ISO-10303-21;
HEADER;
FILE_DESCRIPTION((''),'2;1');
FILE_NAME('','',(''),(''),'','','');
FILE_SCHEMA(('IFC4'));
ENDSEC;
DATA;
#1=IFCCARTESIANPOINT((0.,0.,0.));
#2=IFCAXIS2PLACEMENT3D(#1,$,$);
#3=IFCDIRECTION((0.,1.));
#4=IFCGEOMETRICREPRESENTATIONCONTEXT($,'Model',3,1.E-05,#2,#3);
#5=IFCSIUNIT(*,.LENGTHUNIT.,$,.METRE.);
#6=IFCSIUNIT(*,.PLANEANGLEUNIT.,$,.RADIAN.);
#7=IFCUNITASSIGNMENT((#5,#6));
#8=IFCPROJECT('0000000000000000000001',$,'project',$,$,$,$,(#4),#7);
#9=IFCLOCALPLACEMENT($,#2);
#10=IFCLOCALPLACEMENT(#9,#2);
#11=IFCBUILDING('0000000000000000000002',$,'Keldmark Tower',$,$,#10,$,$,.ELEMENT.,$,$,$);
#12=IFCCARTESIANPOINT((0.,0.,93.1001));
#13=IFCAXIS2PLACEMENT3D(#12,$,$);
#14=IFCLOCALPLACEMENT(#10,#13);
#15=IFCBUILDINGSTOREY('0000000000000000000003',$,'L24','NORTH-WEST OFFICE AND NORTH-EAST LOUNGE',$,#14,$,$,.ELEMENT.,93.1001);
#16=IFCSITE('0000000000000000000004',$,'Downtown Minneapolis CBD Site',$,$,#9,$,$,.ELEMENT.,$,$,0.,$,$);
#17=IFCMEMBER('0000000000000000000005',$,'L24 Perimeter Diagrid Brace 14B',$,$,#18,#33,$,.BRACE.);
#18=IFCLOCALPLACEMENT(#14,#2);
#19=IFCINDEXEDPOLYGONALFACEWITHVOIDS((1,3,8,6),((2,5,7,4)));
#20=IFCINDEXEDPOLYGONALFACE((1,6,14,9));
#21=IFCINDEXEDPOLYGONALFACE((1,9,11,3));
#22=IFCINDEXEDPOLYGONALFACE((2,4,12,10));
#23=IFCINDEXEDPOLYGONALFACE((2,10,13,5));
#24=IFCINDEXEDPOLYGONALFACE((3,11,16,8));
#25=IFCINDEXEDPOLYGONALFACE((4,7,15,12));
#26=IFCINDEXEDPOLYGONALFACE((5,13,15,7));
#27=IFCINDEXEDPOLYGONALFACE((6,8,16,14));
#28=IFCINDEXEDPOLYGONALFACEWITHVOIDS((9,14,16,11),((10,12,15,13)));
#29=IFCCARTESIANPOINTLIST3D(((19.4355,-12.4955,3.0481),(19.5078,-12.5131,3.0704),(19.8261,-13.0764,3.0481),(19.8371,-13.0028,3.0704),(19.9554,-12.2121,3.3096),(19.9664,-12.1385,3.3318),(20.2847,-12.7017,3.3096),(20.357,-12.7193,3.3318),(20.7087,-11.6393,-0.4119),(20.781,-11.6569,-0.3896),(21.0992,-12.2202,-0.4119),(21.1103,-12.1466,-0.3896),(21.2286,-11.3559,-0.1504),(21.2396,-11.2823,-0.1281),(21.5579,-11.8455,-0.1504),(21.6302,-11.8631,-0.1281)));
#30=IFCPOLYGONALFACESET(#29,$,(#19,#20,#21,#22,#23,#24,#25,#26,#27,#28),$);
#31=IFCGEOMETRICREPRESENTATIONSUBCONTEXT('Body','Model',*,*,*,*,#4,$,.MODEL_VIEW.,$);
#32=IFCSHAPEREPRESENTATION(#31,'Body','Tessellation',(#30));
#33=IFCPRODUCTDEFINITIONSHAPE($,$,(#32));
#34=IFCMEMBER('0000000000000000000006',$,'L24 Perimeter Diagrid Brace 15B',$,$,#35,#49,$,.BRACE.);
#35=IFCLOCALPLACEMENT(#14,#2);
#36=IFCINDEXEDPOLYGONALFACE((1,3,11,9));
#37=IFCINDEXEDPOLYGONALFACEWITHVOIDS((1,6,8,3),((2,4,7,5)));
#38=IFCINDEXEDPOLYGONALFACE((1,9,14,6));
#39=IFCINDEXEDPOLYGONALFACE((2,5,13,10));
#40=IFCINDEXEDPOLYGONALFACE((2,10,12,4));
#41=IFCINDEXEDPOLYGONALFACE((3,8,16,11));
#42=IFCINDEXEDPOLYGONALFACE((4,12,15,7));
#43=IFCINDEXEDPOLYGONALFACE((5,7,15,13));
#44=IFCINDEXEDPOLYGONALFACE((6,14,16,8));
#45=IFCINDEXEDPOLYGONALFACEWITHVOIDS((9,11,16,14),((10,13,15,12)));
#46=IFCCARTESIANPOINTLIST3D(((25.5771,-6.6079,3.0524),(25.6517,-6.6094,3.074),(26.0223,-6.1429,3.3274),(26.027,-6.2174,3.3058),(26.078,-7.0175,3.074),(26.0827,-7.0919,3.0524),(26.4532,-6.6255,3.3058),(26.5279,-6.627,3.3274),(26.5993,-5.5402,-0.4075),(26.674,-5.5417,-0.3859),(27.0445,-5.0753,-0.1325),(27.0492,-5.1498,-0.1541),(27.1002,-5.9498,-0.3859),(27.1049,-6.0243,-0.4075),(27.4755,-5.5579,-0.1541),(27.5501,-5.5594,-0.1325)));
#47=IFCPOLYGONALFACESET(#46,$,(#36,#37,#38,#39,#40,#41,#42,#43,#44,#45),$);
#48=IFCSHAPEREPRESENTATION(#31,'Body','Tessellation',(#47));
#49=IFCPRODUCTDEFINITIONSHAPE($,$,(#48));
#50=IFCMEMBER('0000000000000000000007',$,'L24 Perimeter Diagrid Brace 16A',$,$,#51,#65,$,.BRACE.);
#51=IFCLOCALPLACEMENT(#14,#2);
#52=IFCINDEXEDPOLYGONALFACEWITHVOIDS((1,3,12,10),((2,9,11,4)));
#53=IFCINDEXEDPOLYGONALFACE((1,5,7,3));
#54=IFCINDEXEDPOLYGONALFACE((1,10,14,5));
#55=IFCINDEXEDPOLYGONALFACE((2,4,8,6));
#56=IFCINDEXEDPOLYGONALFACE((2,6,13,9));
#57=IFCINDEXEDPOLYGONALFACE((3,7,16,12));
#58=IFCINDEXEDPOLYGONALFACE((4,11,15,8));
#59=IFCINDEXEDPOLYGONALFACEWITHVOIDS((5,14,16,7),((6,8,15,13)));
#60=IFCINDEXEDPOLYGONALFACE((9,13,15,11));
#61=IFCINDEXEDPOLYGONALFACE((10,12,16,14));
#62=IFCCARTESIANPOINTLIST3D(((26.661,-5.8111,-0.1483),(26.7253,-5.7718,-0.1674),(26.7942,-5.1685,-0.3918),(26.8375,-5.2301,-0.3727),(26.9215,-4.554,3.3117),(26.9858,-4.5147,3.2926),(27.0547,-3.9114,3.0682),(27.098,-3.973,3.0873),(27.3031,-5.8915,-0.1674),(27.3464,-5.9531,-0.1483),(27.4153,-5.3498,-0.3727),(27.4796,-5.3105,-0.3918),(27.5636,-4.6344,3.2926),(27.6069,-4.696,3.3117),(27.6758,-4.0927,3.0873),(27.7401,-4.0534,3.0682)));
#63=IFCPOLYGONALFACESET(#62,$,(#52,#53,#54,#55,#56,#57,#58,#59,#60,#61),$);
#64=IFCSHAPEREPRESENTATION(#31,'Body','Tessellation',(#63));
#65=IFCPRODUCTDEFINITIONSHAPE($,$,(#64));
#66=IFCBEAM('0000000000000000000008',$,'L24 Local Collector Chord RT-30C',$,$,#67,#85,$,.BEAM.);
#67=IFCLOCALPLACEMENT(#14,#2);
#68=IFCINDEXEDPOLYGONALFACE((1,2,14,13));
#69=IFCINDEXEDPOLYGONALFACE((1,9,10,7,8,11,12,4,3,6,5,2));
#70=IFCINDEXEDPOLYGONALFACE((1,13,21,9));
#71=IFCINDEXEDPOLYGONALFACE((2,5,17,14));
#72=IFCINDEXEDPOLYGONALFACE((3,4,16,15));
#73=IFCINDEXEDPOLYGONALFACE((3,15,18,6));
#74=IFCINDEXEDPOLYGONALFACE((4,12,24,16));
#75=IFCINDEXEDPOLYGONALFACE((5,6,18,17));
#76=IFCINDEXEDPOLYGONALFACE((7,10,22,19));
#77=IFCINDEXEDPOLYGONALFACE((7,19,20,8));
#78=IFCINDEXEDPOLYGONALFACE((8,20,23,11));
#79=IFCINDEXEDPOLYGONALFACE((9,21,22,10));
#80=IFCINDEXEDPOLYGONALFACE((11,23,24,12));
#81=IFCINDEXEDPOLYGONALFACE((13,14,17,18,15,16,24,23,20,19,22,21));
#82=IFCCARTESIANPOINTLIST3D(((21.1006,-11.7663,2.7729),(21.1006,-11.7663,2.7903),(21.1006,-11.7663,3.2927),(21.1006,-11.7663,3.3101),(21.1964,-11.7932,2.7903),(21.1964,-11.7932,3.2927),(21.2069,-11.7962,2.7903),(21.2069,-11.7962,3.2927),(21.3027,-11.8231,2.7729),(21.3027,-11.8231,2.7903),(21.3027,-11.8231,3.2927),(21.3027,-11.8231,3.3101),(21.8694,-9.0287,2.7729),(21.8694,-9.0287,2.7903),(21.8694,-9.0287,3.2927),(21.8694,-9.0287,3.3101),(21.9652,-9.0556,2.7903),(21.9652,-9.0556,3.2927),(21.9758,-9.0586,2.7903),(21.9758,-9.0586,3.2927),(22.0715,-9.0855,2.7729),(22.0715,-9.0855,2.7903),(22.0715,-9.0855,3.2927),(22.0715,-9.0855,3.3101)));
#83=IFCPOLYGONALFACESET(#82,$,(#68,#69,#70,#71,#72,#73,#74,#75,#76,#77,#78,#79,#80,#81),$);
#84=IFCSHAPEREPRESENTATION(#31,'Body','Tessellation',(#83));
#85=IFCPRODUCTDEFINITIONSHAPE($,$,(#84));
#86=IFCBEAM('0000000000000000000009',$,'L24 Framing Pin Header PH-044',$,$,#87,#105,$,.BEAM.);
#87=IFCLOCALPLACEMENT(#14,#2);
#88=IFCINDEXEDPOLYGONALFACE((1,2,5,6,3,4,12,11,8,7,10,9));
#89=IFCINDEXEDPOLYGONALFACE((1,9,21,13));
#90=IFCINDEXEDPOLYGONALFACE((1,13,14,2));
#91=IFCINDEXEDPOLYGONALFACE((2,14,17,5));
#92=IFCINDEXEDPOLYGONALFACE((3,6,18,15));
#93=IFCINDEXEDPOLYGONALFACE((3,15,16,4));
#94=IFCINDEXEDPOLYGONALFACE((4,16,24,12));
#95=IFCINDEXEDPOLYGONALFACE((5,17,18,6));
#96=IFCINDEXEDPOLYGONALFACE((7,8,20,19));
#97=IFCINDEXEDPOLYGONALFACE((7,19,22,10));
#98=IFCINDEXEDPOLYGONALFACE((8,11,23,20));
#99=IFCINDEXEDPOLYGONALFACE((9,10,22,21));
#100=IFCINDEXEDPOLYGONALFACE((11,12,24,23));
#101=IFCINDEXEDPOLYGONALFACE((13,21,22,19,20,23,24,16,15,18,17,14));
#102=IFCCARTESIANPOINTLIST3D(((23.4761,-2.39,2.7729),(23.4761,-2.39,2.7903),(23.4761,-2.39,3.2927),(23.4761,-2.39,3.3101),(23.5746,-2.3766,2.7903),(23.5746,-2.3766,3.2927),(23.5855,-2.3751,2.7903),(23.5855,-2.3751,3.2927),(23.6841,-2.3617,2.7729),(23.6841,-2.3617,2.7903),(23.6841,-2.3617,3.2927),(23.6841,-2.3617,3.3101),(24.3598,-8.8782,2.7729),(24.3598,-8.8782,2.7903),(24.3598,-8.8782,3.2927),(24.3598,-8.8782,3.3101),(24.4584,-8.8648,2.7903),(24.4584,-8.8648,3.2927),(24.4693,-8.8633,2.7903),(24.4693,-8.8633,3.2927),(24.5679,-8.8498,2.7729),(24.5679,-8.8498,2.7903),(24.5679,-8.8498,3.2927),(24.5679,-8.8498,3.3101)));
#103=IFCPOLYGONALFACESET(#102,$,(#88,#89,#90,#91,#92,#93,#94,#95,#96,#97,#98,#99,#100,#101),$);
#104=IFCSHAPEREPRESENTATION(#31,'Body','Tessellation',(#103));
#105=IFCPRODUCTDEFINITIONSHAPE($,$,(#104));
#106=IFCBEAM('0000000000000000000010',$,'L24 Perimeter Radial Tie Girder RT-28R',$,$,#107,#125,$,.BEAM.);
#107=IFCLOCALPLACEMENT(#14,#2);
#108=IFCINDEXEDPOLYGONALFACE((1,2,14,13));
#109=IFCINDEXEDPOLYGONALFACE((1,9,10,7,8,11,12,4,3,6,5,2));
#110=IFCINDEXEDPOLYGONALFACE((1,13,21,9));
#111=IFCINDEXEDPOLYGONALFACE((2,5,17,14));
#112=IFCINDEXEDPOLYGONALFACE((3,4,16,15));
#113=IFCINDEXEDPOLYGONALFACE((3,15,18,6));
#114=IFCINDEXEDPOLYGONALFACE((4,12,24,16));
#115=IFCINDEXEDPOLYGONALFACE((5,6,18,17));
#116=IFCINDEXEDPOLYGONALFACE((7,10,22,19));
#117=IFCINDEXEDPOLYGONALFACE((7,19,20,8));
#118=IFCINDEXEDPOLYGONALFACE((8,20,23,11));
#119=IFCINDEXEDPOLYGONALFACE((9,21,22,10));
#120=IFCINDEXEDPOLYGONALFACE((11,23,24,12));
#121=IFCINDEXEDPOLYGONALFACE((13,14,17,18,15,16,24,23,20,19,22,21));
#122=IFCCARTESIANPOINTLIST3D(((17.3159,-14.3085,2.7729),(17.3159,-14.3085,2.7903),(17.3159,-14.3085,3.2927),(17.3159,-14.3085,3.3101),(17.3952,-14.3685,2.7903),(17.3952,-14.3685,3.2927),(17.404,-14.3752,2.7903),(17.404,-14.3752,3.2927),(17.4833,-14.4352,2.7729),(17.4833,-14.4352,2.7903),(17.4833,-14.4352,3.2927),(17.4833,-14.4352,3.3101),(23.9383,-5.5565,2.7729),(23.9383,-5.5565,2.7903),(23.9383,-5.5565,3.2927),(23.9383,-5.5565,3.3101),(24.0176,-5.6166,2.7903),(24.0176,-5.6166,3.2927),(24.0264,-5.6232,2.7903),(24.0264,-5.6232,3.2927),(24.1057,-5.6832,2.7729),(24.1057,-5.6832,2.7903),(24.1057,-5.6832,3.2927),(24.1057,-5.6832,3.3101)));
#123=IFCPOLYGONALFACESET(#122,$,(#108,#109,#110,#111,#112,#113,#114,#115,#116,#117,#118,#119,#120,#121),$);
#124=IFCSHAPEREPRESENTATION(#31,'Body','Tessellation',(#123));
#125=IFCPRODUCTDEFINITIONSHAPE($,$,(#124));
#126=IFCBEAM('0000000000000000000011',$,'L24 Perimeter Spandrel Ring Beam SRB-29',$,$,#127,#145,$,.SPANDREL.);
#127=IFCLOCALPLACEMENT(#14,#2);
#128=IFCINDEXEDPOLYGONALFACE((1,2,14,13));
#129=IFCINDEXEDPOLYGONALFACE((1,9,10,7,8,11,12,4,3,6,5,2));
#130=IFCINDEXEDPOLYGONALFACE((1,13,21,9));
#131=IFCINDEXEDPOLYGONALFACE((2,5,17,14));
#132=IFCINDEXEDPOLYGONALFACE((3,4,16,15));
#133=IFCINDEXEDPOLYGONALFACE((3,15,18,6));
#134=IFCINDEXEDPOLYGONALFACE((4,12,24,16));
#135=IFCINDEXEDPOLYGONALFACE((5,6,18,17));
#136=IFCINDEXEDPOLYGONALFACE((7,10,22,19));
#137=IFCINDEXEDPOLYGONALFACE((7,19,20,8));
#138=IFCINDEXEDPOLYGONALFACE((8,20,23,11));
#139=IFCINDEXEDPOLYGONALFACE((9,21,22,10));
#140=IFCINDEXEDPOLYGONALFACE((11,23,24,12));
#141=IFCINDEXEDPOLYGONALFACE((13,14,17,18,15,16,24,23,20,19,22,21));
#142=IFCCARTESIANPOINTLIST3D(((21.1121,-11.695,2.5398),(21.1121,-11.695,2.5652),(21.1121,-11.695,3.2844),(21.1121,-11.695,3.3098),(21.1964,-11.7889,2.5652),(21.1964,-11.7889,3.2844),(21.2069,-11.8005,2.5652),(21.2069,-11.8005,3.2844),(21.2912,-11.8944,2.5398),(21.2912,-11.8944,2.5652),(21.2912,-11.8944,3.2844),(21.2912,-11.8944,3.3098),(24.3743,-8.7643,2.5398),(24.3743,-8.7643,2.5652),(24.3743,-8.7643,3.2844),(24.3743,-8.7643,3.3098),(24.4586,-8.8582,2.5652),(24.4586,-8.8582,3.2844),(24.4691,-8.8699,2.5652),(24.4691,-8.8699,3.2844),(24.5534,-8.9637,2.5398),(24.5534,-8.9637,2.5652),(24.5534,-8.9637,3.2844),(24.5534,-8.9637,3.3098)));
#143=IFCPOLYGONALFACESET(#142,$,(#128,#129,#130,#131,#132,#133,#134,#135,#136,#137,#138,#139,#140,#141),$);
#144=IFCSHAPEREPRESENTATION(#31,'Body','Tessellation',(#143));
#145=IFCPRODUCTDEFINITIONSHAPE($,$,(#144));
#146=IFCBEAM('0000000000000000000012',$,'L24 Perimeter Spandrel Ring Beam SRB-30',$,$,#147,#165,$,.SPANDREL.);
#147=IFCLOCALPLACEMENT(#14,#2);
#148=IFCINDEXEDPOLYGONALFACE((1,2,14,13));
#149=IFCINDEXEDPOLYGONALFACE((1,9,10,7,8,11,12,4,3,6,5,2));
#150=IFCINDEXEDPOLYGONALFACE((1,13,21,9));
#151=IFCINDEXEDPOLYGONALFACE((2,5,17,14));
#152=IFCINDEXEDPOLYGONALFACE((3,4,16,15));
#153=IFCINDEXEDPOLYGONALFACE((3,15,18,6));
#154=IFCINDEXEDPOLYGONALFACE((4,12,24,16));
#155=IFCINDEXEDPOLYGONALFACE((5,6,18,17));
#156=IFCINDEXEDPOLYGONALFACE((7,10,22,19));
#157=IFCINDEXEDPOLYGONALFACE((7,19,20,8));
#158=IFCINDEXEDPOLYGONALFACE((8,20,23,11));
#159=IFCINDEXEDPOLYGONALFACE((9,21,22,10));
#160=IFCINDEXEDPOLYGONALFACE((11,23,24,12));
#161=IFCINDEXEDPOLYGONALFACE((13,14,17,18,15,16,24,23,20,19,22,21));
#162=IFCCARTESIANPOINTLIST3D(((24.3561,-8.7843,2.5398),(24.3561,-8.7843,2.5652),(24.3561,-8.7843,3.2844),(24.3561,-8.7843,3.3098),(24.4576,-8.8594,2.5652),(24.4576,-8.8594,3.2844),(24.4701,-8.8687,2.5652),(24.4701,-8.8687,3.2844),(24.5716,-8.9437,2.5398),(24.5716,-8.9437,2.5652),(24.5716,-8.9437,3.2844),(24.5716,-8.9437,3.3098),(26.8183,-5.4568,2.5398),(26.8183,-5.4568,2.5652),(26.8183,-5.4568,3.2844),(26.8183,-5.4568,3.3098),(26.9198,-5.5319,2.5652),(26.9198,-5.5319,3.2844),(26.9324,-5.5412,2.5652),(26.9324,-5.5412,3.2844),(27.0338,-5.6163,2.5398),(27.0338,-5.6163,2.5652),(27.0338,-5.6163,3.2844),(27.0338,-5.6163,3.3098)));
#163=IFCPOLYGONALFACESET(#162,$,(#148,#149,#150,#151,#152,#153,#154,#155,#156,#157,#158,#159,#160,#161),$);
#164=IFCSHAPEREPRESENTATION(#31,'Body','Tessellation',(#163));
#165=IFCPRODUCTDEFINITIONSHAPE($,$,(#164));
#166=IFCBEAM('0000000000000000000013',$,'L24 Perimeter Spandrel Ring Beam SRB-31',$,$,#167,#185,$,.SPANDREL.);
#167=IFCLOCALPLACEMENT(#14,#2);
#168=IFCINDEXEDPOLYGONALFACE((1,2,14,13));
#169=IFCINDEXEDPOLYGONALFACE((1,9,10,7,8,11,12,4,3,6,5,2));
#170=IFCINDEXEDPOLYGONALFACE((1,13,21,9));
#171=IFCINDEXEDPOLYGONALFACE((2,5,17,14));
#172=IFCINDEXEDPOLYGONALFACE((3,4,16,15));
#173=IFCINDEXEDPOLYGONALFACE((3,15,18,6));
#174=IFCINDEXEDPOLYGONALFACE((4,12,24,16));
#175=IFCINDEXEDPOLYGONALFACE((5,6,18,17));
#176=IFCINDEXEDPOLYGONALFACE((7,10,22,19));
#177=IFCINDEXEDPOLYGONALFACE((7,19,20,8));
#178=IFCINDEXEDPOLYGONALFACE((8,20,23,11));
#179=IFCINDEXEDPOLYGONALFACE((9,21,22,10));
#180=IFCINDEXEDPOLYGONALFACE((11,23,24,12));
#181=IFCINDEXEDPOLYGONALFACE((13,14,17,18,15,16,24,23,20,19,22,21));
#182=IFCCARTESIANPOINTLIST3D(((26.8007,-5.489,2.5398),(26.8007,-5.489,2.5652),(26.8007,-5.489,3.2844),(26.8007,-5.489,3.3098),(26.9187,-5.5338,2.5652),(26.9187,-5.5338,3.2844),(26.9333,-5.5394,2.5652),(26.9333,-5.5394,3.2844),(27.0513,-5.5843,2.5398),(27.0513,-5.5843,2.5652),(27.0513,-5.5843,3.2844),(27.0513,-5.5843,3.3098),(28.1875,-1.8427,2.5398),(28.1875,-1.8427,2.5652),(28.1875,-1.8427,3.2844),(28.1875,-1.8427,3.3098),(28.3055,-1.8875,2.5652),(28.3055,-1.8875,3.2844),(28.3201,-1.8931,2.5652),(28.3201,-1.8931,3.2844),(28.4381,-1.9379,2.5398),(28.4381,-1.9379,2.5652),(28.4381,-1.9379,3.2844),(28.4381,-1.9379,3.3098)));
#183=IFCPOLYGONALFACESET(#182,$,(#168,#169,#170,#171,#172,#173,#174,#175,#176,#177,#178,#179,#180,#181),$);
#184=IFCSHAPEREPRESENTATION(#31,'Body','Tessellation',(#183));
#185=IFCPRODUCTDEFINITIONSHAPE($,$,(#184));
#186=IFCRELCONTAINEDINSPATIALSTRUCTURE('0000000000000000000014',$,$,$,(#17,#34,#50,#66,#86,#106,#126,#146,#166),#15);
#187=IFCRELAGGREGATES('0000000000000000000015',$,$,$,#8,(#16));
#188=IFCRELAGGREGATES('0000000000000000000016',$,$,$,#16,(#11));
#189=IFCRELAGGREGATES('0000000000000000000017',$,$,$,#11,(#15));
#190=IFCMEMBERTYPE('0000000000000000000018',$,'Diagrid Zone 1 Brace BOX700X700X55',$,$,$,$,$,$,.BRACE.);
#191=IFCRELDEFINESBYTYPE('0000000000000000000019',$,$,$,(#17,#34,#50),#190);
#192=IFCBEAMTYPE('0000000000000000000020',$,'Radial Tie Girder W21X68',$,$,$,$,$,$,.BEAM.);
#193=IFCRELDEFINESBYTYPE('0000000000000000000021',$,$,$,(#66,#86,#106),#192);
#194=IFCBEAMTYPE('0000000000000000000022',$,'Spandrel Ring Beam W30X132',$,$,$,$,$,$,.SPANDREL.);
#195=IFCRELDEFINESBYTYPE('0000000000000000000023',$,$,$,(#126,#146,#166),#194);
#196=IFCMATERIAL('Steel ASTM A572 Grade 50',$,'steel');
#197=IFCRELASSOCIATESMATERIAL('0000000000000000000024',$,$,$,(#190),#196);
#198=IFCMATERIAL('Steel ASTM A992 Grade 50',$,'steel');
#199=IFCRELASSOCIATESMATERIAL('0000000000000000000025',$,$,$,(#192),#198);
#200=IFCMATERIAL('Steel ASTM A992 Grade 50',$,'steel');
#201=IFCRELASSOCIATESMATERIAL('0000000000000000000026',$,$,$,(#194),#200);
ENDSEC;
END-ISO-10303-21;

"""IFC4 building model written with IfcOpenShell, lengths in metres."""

from ifc_helpers import new_model, si_unit, direction, frame, origin, origin_2d, place, context, subcontext, project, spatial, hollow_rectangle, i_section, extrude, material, material_profile, profile_set, type_object, element, save


model = new_model("IFC4")

# Units and contexts
model_context = context("Model", 3, precision=1e-05, world=origin(), true_north=direction((0.0, 1.0)))
body_context = subcontext(model_context, "Body", "Model", "MODEL_VIEW")
ifc_project = project(units=[si_unit("LENGTHUNIT", "METRE"), si_unit("PLANEANGLEUNIT", "RADIAN")], contexts=[model_context])

# Site, building, storey
site_placement = place(None, origin())
site = spatial("IfcSite", under=ifc_project, at=site_placement, Name="Downtown Minneapolis CBD Site", CompositionType="ELEMENT", RefElevation=0.0)
building_placement = place(site_placement, origin())
building = spatial("IfcBuilding", under=site, at=building_placement, Name="Keldmark Tower", CompositionType="ELEMENT")
storey_placement = place(building_placement, frame((0.0, 0.0, 93.1001)))
storey = spatial("IfcBuildingStorey", under=building, at=storey_placement, Name="L24", Description="NORTH-WEST OFFICE AND NORTH-EAST LOUNGE", CompositionType="ELEMENT", Elevation=93.1001)

# Members
ifc_material_1 = material(Name="Steel ASTM A572 Grade 50", Category="steel")
ifc_material_profile_1 = material_profile(ifc_material_1, hollow_rectangle(XDim=0.7, YDim=0.7, WallThickness=0.0549, at=origin_2d()), Name="BOX700X700X55")
ifc_profile_set_1 = profile_set([ifc_material_profile_1], Name="Steel ASTM A572 Grade 50")
member_type = type_object("IfcMemberType", Name="Diagrid Zone 1 Brace BOX700X700X55", PredefinedType="BRACE", material=ifc_profile_set_1)
member_1_placement = place(storey_placement, frame((21.1694, -11.7512, -0.27), z_axis=(-0.336388, -0.226215, 0.91415), x_axis=(0.558037, -0.829816, 0.0)))
element("IfcMember", 1, at=member_1_placement, inside=storey, type_object=member_type, Name="L24 Perimeter Diagrid Brace 14B", PredefinedType="BRACE", context=body_context, shape_type="SweptSolid", body=[
    extrude(hollow_rectangle(XDim=0.7, YDim=0.7, WallThickness=0.0549, at=origin_2d()), origin(), (0.0, 0.0, 1.0), 3.7849),
])
member_2_placement = place(storey_placement, frame((27.0747, -5.5498, -0.27), z_axis=(-0.271689, -0.283758, 0.919601), x_axis=(0.722301, -0.691579, 0.0)))
element("IfcMember", 2, at=member_2_placement, inside=storey, type_object=member_type, Name="L24 Perimeter Diagrid Brace 15B", PredefinedType="BRACE", context=body_context, shape_type="SweptSolid", body=[
    extrude(hollow_rectangle(XDim=0.7, YDim=0.7, WallThickness=0.0549, at=origin_2d()), origin(), (0.0, 0.0, 1.0), 3.7625),
])
member_3_placement = place(storey_placement, frame((27.0703, -5.5608, -0.27), z_axis=(0.070587, 0.34063, 0.937544), x_axis=(-0.979197, 0.202914, 0.0)))
element("IfcMember", 3, at=member_3_placement, inside=storey, type_object=member_type, Name="L24 Perimeter Diagrid Brace 16A", PredefinedType="BRACE", context=body_context, shape_type="SweptSolid", body=[
    extrude(hollow_rectangle(XDim=0.7, YDim=0.7, WallThickness=0.0549, at=origin_2d()), origin(), (0.0, 0.0, 1.0), 3.6904),
])

# Beams
ifc_material_2 = material(Name="Steel ASTM A992 Grade 50", Category="steel")
ifc_material_profile_2 = material_profile(ifc_material_2, i_section(OverallWidth=0.21, OverallDepth=0.5371, WebThickness=0.011, FlangeThickness=0.0173, at=origin_2d()), Name="W21X68")
ifc_profile_set_2 = profile_set([ifc_material_profile_2], Name="Steel ASTM A992 Grade 50")
beam_type_1 = type_object("IfcBeamType", Name="Radial Tie Girder W21X68", PredefinedType="BEAM", material=ifc_profile_set_2)
beam_1_placement = place(storey_placement, frame((21.2017, -11.7947, 3.0415), z_axis=(0.270375, 0.962755, 0.0), x_axis=(-0.962755, 0.270375, 0.0)))
element("IfcBeam", 4, at=beam_1_placement, inside=storey, type_object=beam_type_1, Name="L24 Local Collector Chord RT-30C", PredefinedType="BEAM", context=body_context, shape_type="SweptSolid", body=[
    extrude(i_section(OverallWidth=0.21, OverallDepth=0.5371, WebThickness=0.011, FlangeThickness=0.0173, at=origin_2d()), origin(), (0.0, 0.0, 1.0), 2.8435),
])
beam_2_placement = place(storey_placement, frame((24.4639, -8.864, 3.0415), z_axis=(-0.134967, 0.99085, 0.0), x_axis=(-0.99085, -0.134967, 0.0)))
element("IfcBeam", 5, at=beam_2_placement, inside=storey, type_object=beam_type_1, Name="L24 Framing Pin Header PH-044", PredefinedType="BEAM", context=body_context, shape_type="SweptSolid", body=[
    extrude(i_section(OverallWidth=0.21, OverallDepth=0.5371, WebThickness=0.011, FlangeThickness=0.0173, at=origin_2d()), origin(), (0.0, 0.0, 1.0), 6.5481),
])
beam_3_placement = place(storey_placement, frame((24.022, -5.6199, 3.0415), z_axis=(-0.603397, -0.797441, 0.0), x_axis=(0.797441, -0.603397, 0.0)))
element("IfcBeam", 6, at=beam_3_placement, inside=storey, type_object=beam_type_1, Name="L24 Perimeter Radial Tie Girder RT-28R", PredefinedType="BEAM", context=body_context, shape_type="SweptSolid", body=[
    extrude(i_section(OverallWidth=0.21, OverallDepth=0.5371, WebThickness=0.011, FlangeThickness=0.0173, at=origin_2d()), origin(), (0.0, 0.0, 1.0), 10.9751),
])
ifc_material_3 = material(Name="Steel ASTM A992 Grade 50", Category="steel")
ifc_material_profile_3 = material_profile(ifc_material_3, i_section(OverallWidth=0.2681, OverallDepth=0.77, WebThickness=0.0156, FlangeThickness=0.0254, at=origin_2d()), Name="W30X132")
ifc_profile_set_3 = profile_set([ifc_material_profile_3], Name="Steel ASTM A992 Grade 50")
beam_type_2 = type_object("IfcBeamType", Name="Spandrel Ring Beam W30X132", PredefinedType="SPANDREL", material=ifc_profile_set_3)
beam_4_placement = place(storey_placement, frame((21.2017, -11.7947, 2.9248), z_axis=(0.743897, 0.668294, 0.0), x_axis=(-0.668294, 0.743897, 0.0)))
element("IfcBeam", 7, at=beam_4_placement, inside=storey, type_object=beam_type_2, Name="L24 Perimeter Spandrel Ring Beam SRB-29", PredefinedType="SPANDREL", context=body_context, shape_type="SweptSolid", body=[
    extrude(i_section(OverallWidth=0.2681, OverallDepth=0.77, WebThickness=0.0156, FlangeThickness=0.0254, at=origin_2d()), origin(), (0.0, 0.0, 1.0), 4.3853),
])
beam_5_placement = place(storey_placement, frame((24.4639, -8.864, 2.9248), z_axis=(0.594825, 0.803855, 0.0), x_axis=(-0.803855, 0.594825, 0.0)))
element("IfcBeam", 8, at=beam_5_placement, inside=storey, type_object=beam_type_2, Name="L24 Perimeter Spandrel Ring Beam SRB-30", PredefinedType="SPANDREL", context=body_context, shape_type="SweptSolid", body=[
    extrude(i_section(OverallWidth=0.2681, OverallDepth=0.77, WebThickness=0.0156, FlangeThickness=0.0254, at=origin_2d()), origin(), (0.0, 0.0, 1.0), 4.1394),
])
beam_6_placement = place(storey_placement, frame((26.926, -5.5366, 2.9248), z_axis=(0.355475, 0.934686, 0.0), x_axis=(-0.934686, 0.355475, 0.0)))
element("IfcBeam", 9, at=beam_6_placement, inside=storey, type_object=beam_type_2, Name="L24 Perimeter Spandrel Ring Beam SRB-31", PredefinedType="SPANDREL", context=body_context, shape_type="SweptSolid", body=[
    extrude(i_section(OverallWidth=0.2681, OverallDepth=0.77, WebThickness=0.0156, FlangeThickness=0.0254, at=origin_2d()), origin(), (0.0, 0.0, 1.0), 3.9011),
])

save(model, "model.ifc")
